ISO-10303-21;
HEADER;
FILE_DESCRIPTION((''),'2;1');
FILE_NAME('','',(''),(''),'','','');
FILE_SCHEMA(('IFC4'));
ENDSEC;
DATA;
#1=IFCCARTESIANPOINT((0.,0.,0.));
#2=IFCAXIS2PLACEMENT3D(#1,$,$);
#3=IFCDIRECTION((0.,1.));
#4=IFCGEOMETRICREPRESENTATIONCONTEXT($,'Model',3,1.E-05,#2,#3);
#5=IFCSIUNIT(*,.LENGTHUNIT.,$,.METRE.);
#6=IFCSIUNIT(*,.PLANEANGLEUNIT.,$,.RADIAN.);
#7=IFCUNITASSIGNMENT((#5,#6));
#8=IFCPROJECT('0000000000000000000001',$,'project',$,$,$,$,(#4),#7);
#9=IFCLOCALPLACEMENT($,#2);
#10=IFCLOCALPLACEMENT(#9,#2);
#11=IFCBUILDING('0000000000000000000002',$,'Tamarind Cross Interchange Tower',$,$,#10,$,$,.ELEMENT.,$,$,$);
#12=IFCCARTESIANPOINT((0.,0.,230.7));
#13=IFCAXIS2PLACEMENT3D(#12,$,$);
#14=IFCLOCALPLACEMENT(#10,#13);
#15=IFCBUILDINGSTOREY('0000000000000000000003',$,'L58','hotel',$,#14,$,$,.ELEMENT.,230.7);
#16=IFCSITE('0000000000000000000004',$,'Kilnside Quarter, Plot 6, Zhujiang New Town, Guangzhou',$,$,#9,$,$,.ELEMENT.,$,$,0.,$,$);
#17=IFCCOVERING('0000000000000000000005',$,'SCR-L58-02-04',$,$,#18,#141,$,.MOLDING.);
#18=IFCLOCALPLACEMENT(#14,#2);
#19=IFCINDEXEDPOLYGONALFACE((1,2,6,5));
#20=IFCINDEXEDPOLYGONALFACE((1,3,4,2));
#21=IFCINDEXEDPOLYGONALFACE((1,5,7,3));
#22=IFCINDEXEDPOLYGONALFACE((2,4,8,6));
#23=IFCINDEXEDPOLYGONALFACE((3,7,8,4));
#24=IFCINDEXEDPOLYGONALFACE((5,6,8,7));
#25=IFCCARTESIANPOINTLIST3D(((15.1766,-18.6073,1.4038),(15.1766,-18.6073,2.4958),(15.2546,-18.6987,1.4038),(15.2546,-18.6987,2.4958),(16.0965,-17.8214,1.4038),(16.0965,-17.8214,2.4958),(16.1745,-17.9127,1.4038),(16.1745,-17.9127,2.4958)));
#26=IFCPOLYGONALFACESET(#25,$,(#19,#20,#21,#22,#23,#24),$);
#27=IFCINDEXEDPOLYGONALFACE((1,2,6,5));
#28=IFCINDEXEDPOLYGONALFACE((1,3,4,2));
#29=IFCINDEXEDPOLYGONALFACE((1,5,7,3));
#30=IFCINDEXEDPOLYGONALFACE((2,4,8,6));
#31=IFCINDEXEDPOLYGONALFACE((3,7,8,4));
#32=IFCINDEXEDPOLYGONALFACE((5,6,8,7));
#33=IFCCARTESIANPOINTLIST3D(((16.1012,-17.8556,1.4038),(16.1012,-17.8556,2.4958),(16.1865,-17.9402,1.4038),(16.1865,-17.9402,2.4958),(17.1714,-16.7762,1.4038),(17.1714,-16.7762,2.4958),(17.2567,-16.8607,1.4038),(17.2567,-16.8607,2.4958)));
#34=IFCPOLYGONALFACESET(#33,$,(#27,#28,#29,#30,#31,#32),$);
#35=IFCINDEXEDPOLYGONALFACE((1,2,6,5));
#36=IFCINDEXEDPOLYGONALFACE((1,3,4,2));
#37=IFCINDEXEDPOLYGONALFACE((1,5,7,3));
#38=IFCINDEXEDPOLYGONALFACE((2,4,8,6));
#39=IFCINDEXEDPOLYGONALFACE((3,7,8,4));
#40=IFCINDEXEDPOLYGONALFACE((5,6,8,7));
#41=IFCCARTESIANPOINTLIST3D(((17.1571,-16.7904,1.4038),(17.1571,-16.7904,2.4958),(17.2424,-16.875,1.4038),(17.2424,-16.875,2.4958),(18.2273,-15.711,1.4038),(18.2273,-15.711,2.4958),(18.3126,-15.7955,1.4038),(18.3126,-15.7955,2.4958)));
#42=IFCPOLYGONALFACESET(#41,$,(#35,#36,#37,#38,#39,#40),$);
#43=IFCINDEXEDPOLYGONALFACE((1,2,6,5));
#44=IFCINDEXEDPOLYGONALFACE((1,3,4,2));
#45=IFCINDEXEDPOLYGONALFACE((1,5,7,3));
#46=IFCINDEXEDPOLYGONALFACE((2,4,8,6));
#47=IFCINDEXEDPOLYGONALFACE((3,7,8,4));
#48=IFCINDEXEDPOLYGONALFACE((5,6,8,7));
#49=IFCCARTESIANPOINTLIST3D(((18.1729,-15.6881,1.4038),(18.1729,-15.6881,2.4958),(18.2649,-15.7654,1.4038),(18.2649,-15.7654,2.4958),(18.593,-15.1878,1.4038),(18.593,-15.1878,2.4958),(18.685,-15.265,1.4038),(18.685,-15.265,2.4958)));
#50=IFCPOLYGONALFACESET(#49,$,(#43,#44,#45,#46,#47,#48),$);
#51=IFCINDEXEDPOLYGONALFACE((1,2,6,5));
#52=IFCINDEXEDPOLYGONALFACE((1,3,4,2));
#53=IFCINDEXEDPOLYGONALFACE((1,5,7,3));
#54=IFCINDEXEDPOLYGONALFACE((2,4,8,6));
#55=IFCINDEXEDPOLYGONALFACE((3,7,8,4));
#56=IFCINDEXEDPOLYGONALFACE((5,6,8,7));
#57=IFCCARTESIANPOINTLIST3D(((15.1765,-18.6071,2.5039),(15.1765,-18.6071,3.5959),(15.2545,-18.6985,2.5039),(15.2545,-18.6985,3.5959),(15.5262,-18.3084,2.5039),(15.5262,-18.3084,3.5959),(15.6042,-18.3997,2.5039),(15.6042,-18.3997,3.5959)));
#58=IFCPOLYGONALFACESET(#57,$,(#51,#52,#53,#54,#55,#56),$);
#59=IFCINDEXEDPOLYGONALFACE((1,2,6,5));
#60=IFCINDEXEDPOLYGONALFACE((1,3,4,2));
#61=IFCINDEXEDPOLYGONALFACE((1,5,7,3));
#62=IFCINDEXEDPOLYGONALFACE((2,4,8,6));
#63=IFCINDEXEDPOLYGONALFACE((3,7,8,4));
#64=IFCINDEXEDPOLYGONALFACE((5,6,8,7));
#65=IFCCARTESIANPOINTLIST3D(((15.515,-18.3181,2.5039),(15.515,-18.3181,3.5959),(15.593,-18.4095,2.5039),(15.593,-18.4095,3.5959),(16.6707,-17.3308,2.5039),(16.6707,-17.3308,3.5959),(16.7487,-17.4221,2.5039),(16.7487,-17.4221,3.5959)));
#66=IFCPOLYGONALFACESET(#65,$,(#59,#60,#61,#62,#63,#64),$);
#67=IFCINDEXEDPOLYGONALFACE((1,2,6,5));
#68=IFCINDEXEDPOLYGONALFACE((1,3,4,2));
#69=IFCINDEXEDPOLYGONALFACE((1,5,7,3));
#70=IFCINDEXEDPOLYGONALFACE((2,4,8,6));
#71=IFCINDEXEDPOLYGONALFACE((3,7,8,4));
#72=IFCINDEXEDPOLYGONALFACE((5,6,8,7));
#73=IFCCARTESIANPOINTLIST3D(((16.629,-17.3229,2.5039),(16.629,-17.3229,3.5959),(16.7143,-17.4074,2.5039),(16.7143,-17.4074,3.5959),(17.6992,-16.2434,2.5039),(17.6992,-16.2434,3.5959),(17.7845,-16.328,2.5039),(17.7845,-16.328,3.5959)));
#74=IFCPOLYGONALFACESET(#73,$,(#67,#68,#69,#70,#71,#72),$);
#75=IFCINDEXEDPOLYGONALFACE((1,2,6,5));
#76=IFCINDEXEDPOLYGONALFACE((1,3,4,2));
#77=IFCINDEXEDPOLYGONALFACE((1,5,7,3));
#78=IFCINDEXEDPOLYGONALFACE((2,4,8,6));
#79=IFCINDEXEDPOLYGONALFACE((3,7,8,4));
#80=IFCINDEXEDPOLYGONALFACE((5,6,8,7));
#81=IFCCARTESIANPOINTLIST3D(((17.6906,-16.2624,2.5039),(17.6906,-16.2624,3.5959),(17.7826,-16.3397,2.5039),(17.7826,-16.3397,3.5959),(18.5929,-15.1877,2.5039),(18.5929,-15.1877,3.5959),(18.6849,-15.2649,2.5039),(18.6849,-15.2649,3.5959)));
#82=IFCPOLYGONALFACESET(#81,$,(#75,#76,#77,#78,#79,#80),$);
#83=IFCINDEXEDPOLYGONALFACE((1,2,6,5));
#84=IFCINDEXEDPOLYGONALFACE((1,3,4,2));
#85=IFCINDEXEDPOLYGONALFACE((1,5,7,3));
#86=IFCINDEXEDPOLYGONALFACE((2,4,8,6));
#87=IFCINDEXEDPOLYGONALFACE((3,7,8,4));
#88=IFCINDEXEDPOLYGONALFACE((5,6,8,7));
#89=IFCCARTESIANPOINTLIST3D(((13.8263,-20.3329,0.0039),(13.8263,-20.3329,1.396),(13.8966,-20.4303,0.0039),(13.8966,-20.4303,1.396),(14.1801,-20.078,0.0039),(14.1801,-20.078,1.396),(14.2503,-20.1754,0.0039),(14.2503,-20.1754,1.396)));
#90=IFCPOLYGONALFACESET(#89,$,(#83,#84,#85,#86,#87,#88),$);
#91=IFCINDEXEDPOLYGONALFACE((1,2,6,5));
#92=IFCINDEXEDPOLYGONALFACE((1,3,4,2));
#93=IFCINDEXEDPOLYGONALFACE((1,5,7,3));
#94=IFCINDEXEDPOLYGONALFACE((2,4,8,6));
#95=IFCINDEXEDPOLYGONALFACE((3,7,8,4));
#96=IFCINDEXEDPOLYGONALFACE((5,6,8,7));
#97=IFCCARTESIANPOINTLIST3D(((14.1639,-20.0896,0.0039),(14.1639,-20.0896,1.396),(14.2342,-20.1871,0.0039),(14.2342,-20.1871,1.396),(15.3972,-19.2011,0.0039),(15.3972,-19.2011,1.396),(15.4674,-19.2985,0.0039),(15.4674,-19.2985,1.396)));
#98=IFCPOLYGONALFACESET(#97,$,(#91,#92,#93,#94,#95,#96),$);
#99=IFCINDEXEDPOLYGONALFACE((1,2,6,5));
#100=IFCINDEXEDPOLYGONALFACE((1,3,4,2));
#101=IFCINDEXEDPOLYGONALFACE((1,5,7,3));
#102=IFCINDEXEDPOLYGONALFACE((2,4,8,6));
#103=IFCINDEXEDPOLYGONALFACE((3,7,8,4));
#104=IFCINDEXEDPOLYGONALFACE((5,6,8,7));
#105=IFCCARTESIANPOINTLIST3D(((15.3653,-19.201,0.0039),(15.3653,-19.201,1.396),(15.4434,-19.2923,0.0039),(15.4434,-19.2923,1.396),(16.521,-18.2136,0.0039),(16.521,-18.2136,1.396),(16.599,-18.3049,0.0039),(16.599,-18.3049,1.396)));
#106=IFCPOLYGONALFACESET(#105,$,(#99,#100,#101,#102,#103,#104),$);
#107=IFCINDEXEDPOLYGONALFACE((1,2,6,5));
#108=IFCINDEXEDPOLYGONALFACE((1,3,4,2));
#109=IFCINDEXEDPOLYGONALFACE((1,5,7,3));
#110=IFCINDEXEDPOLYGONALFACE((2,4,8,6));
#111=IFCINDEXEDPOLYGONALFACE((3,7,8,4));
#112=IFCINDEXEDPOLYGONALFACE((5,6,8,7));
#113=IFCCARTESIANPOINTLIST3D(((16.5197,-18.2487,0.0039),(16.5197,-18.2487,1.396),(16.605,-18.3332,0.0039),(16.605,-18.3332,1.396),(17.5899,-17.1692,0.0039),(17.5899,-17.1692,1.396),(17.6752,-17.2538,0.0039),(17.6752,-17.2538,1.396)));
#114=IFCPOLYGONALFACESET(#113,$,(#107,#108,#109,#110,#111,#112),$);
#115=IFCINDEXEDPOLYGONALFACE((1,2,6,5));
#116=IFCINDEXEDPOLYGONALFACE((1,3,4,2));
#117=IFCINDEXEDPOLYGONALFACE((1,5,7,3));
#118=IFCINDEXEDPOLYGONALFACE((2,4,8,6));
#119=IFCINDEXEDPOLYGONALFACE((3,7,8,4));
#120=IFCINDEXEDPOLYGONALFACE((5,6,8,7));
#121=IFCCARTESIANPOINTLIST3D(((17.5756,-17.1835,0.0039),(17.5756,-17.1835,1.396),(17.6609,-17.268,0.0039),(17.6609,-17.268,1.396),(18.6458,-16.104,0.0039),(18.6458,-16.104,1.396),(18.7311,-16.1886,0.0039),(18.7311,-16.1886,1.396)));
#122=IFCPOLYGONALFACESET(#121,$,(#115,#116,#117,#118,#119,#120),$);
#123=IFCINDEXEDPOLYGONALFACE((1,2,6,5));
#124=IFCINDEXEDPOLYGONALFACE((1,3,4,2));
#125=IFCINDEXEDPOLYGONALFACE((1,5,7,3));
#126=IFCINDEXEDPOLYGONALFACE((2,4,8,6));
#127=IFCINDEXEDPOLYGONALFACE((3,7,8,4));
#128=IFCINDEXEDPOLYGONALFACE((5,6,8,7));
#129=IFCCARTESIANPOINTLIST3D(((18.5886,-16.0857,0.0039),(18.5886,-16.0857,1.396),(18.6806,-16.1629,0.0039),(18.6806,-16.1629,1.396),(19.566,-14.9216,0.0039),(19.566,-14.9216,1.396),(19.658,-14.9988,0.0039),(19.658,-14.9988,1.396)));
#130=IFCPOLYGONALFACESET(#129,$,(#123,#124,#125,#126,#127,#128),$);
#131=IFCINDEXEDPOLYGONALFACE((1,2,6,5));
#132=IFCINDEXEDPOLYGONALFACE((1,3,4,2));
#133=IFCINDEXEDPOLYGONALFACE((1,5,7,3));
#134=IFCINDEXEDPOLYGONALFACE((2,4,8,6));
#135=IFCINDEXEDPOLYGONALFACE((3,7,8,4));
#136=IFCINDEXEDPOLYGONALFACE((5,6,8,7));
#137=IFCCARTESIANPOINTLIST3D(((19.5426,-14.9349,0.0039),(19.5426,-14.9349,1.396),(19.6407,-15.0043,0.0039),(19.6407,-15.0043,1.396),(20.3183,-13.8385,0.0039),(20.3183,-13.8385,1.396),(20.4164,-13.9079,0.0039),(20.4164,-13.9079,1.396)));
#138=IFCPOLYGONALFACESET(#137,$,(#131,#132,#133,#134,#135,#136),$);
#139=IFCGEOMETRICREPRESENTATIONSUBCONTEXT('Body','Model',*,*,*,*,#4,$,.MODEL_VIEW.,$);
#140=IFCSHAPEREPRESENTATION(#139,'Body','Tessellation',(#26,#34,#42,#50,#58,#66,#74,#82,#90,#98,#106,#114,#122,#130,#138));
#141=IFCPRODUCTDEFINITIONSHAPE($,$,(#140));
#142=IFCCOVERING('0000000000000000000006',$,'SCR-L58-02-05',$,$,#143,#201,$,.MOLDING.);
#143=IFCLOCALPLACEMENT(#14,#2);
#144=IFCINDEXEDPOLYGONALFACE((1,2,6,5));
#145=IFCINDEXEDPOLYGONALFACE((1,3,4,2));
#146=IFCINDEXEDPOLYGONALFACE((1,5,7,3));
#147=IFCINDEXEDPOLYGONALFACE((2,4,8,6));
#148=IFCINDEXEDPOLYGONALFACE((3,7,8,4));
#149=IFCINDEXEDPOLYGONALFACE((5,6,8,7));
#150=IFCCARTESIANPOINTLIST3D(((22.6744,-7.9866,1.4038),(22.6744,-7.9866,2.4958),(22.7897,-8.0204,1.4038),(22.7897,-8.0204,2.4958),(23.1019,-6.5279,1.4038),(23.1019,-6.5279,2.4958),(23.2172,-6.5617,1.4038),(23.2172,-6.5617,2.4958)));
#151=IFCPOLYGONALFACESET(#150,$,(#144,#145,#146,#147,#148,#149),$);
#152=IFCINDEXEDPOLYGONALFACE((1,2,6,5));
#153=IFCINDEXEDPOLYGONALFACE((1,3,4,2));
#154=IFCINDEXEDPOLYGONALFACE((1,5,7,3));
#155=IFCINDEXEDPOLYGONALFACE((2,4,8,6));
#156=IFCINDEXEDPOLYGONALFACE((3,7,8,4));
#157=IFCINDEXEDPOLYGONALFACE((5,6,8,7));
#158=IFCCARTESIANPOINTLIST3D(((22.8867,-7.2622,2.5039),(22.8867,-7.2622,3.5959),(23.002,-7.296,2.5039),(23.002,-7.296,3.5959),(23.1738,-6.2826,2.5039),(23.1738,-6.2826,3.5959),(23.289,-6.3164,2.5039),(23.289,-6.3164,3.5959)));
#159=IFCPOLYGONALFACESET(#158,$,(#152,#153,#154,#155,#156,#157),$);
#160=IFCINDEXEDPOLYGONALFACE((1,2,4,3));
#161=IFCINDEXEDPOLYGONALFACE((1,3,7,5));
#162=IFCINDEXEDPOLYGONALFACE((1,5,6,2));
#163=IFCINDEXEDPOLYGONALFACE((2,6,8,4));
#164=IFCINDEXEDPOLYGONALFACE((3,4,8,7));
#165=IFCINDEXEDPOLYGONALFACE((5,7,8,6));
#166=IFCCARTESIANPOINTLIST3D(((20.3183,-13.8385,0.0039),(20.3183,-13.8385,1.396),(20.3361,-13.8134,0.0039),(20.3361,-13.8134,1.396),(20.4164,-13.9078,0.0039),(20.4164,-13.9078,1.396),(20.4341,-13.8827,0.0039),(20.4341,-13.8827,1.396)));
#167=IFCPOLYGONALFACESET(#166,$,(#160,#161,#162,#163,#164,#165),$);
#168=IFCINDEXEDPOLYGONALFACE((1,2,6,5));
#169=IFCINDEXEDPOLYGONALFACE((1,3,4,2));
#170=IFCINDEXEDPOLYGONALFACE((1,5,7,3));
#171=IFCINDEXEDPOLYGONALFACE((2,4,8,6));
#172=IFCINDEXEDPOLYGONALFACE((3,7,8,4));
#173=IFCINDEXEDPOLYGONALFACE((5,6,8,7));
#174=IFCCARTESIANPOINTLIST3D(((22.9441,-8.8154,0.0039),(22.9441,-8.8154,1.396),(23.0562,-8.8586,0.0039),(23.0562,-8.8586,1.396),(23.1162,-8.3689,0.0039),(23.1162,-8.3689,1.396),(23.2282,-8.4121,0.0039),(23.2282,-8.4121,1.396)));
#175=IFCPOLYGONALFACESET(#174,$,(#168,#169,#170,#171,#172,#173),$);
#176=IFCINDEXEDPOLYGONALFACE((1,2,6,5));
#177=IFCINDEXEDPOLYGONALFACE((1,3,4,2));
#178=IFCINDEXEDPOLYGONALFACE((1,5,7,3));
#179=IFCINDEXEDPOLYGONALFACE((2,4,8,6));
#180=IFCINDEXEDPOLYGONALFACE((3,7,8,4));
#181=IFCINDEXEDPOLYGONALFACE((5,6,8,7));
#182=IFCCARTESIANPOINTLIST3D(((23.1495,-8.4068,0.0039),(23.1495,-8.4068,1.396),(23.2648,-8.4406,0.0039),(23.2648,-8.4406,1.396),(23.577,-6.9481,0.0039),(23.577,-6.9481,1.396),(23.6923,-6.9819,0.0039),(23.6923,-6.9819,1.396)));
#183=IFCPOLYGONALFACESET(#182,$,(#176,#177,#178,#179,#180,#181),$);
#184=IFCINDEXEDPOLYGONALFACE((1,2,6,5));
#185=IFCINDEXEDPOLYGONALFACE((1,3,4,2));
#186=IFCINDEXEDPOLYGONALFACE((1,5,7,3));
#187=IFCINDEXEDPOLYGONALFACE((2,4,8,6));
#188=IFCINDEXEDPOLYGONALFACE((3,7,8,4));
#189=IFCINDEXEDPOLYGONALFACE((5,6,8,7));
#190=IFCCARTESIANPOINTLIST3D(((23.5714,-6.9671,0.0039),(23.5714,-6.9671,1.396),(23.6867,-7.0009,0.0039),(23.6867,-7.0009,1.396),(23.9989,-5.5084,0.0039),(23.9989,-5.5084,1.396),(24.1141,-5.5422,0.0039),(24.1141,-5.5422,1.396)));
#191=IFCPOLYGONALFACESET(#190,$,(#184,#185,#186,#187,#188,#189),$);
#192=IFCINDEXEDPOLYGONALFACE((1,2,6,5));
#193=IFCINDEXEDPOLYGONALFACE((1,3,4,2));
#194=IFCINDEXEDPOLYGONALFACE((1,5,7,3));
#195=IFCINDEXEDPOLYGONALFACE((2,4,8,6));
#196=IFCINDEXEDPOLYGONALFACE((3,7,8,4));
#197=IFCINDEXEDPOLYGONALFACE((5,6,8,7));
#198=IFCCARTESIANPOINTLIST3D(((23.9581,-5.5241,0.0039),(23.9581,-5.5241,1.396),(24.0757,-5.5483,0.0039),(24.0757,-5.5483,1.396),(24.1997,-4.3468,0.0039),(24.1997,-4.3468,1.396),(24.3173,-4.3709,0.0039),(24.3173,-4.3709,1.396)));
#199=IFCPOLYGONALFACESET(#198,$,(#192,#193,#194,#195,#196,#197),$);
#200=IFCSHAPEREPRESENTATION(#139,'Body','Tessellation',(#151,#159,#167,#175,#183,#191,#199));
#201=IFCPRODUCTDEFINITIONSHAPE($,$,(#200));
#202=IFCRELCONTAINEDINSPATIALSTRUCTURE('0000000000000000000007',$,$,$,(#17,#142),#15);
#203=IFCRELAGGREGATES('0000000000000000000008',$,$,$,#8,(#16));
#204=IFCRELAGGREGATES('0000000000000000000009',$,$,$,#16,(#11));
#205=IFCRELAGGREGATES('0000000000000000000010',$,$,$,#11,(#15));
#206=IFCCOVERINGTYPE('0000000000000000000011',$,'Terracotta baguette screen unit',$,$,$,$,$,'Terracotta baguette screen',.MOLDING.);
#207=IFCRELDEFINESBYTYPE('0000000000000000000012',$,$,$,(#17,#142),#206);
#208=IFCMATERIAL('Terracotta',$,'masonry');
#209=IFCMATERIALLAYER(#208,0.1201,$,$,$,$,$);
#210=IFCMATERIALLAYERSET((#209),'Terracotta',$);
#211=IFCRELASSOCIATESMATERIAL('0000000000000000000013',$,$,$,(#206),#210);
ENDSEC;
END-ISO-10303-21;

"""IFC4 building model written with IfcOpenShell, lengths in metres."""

from ifc_helpers import new_model, si_unit, direction, frame, origin, origin_2d, place, context, subcontext, project, spatial, rectangle, extrude, material, layer, layer_set, type_object, element, save


model = new_model("IFC4")

# Units and contexts
model_context = context("Model", 3, precision=1e-05, world=origin(), true_north=direction((0.0, 1.0)))
body_context = subcontext(model_context, "Body", "Model", "MODEL_VIEW")
ifc_project = project(units=[si_unit("LENGTHUNIT", "METRE"), si_unit("PLANEANGLEUNIT", "RADIAN")], contexts=[model_context])

# Site, building, storey
site_placement = place(None, origin())
site = spatial("IfcSite", under=ifc_project, at=site_placement, Name="Kilnside Quarter, Plot 6, Zhujiang New Town, Guangzhou", CompositionType="ELEMENT", RefElevation=0.0)
building_placement = place(site_placement, origin())
building = spatial("IfcBuilding", under=site, at=building_placement, Name="Tamarind Cross Interchange Tower", CompositionType="ELEMENT")
storey_placement = place(building_placement, frame((0.0, 0.0, 230.7)))
storey = spatial("IfcBuildingStorey", under=building, at=storey_placement, Name="L58", Description="hotel", CompositionType="ELEMENT", Elevation=230.7)

# Coverings
ifc_material_1 = material(Name="Terracotta", Category="masonry")
ifc_layer_1 = layer(ifc_material_1, 0.1201)
ifc_layer_set_1 = layer_set([ifc_layer_1], Name="Terracotta")
covering_type = type_object("IfcCoveringType", Name="Terracotta baguette screen unit", ElementType="Terracotta baguette screen", PredefinedType="MOLDING", material=ifc_layer_set_1)
covering_1_placement = place(storey_placement, origin())
element("IfcCovering", 1, at=covering_1_placement, inside=storey, type_object=covering_type, Name="SCR-L58-02-04", PredefinedType="MOLDING", context=body_context, shape_type="SweptSolid", body=[
    extrude(rectangle(XDim=1.21, YDim=0.1201, at=origin_2d()), frame((15.6755, -18.26, 1.4038), z_axis=(0.0, 0.0, 1.0), x_axis=(0.760296, 0.649577, 0.0)), (0.0, 0.0, 1.0), 1.092),
    extrude(rectangle(XDim=1.52, YDim=0.1201, at=origin_2d()), frame((16.679, -17.3582, 1.4038), z_axis=(0.0, 0.0, 1.0), x_axis=(0.704057, 0.710143, 0.0)), (0.0, 0.0, 1.0), 1.092),
    extrude(rectangle(XDim=1.52, YDim=0.1201, at=origin_2d()), frame((17.7349, -16.293, 1.4038), z_axis=(0.0, 0.0, 1.0), x_axis=(0.704057, 0.710143, 0.0)), (0.0, 0.0, 1.0), 1.092),
    extrude(rectangle(XDim=0.6533, YDim=0.1201, at=origin_2d()), frame((18.429, -15.4766, 1.4038), z_axis=(0.0, 0.0, 1.0), x_axis=(0.643009, 0.765858, 0.0)), (0.0, 0.0, 1.0), 1.092),
    extrude(rectangle(XDim=0.46, YDim=0.1201, at=origin_2d()), frame((15.3904, -18.5034, 2.5039), z_axis=(0.0, 0.0, 1.0), x_axis=(0.760296, 0.649577, 0.0)), (0.0, 0.0, 1.0), 1.092),
    extrude(rectangle(XDim=1.52, YDim=0.1201, at=origin_2d()), frame((16.1318, -17.8701, 2.5039), z_axis=(0.0, 0.0, 1.0), x_axis=(0.760296, 0.649577, 0.0)), (0.0, 0.0, 1.0), 1.092),
    extrude(rectangle(XDim=1.52, YDim=0.1201, at=origin_2d()), frame((17.2068, -16.8254, 2.5039), z_axis=(0.0, 0.0, 1.0), x_axis=(0.704057, 0.710143, 0.0)), (0.0, 0.0, 1.0), 1.092),
    extrude(rectangle(XDim=1.4033, YDim=0.1201, at=origin_2d()), frame((18.1877, -15.7637, 2.5039), z_axis=(0.0, 0.0, 1.0), x_axis=(0.643009, 0.765858, 0.0)), (0.0, 0.0, 1.0), 1.092),
    extrude(rectangle(XDim=0.436, YDim=0.1201, at=origin_2d()), frame((14.0383, -20.2542, 0.0039), z_axis=(0.0, 0.0, 1.0), x_axis=(0.81134, 0.584574, 0.0)), (0.0, 0.0, 1.0), 1.3921),
    extrude(rectangle(XDim=1.52, YDim=0.1201, at=origin_2d()), frame((14.8157, -19.6941, 0.0039), z_axis=(0.0, 0.0, 1.0), x_axis=(0.81134, 0.584574, 0.0)), (0.0, 0.0, 1.0), 1.3921),
    extrude(rectangle(XDim=1.52, YDim=0.1201, at=origin_2d()), frame((15.9822, -18.7529, 0.0039), z_axis=(0.0, 0.0, 1.0), x_axis=(0.760296, 0.649577, 0.0)), (0.0, 0.0, 1.0), 1.3921),
    extrude(rectangle(XDim=1.52, YDim=0.1201, at=origin_2d()), frame((17.0974, -17.7512, 0.0039), z_axis=(0.0, 0.0, 1.0), x_axis=(0.704057, 0.710143, 0.0)), (0.0, 0.0, 1.0), 1.3921),
    extrude(rectangle(XDim=1.52, YDim=0.1201, at=origin_2d()), frame((18.1533, -16.686, 0.0039), z_axis=(0.0, 0.0, 1.0), x_axis=(0.704057, 0.710143, 0.0)), (0.0, 0.0, 1.0), 1.3921),
    extrude(rectangle(XDim=1.52, YDim=0.1201, at=origin_2d()), frame((19.1233, -15.5422, 0.0039), z_axis=(0.0, 0.0, 1.0), x_axis=(0.643009, 0.765858, 0.0)), (0.0, 0.0, 1.0), 1.3921),
    extrude(rectangle(XDim=1.343, YDim=0.1201, at=origin_2d()), frame((19.9795, -14.4214, 0.0039), z_axis=(0.0, 0.0, 1.0), x_axis=(0.577569, 0.816342, 0.0)), (0.0, 0.0, 1.0), 1.3921),
])
covering_2_placement = place(storey_placement, origin())
element("IfcCovering", 2, at=covering_2_placement, inside=storey, type_object=covering_type, Name="SCR-L58-02-05", PredefinedType="MOLDING", context=body_context, shape_type="SweptSolid", body=[
    extrude(rectangle(XDim=1.52, YDim=0.1201, at=origin_2d()), frame((22.9458, -7.2742, 1.4038), z_axis=(0.0, 0.0, 1.0), x_axis=(0.281209, 0.959647, 0.0)), (0.0, 0.0, 1.0), 1.092),
    extrude(rectangle(XDim=1.0208, YDim=0.1201, at=origin_2d()), frame((23.0879, -6.7893, 2.5039), z_axis=(0.0, 0.0, 1.0), x_axis=(0.281209, 0.959647, 0.0)), (0.0, 0.0, 1.0), 1.092),
    extrude(rectangle(XDim=0.0308, YDim=0.1201, at=origin_2d()), frame((20.3762, -13.8606, 0.0039), z_axis=(0.0, 0.0, 1.0), x_axis=(0.577569, 0.816342, 0.0)), (0.0, 0.0, 1.0), 1.3921),
    extrude(rectangle(XDim=0.4785, YDim=0.1201, at=origin_2d()), frame((23.0862, -8.6138, 0.0039), z_axis=(0.0, 0.0, 1.0), x_axis=(0.359495, 0.933147, 0.0)), (0.0, 0.0, 1.0), 1.3921),
    extrude(rectangle(XDim=1.52, YDim=0.1201, at=origin_2d()), frame((23.4209, -7.6943, 0.0039), z_axis=(0.0, 0.0, 1.0), x_axis=(0.281209, 0.959647, 0.0)), (0.0, 0.0, 1.0), 1.3921),
    extrude(rectangle(XDim=1.52, YDim=0.1201, at=origin_2d()), frame((23.8428, -6.2546, 0.0039), z_axis=(0.0, 0.0, 1.0), x_axis=(0.281209, 0.959647, 0.0)), (0.0, 0.0, 1.0), 1.3921),
    extrude(rectangle(XDim=1.2019, YDim=0.1201, at=origin_2d()), frame((24.1377, -4.9475, 0.0039), z_axis=(0.0, 0.0, 1.0), x_axis=(0.201001, 0.979591, 0.0)), (0.0, 0.0, 1.0), 1.3921),
])

save(model, "model.ifc")
